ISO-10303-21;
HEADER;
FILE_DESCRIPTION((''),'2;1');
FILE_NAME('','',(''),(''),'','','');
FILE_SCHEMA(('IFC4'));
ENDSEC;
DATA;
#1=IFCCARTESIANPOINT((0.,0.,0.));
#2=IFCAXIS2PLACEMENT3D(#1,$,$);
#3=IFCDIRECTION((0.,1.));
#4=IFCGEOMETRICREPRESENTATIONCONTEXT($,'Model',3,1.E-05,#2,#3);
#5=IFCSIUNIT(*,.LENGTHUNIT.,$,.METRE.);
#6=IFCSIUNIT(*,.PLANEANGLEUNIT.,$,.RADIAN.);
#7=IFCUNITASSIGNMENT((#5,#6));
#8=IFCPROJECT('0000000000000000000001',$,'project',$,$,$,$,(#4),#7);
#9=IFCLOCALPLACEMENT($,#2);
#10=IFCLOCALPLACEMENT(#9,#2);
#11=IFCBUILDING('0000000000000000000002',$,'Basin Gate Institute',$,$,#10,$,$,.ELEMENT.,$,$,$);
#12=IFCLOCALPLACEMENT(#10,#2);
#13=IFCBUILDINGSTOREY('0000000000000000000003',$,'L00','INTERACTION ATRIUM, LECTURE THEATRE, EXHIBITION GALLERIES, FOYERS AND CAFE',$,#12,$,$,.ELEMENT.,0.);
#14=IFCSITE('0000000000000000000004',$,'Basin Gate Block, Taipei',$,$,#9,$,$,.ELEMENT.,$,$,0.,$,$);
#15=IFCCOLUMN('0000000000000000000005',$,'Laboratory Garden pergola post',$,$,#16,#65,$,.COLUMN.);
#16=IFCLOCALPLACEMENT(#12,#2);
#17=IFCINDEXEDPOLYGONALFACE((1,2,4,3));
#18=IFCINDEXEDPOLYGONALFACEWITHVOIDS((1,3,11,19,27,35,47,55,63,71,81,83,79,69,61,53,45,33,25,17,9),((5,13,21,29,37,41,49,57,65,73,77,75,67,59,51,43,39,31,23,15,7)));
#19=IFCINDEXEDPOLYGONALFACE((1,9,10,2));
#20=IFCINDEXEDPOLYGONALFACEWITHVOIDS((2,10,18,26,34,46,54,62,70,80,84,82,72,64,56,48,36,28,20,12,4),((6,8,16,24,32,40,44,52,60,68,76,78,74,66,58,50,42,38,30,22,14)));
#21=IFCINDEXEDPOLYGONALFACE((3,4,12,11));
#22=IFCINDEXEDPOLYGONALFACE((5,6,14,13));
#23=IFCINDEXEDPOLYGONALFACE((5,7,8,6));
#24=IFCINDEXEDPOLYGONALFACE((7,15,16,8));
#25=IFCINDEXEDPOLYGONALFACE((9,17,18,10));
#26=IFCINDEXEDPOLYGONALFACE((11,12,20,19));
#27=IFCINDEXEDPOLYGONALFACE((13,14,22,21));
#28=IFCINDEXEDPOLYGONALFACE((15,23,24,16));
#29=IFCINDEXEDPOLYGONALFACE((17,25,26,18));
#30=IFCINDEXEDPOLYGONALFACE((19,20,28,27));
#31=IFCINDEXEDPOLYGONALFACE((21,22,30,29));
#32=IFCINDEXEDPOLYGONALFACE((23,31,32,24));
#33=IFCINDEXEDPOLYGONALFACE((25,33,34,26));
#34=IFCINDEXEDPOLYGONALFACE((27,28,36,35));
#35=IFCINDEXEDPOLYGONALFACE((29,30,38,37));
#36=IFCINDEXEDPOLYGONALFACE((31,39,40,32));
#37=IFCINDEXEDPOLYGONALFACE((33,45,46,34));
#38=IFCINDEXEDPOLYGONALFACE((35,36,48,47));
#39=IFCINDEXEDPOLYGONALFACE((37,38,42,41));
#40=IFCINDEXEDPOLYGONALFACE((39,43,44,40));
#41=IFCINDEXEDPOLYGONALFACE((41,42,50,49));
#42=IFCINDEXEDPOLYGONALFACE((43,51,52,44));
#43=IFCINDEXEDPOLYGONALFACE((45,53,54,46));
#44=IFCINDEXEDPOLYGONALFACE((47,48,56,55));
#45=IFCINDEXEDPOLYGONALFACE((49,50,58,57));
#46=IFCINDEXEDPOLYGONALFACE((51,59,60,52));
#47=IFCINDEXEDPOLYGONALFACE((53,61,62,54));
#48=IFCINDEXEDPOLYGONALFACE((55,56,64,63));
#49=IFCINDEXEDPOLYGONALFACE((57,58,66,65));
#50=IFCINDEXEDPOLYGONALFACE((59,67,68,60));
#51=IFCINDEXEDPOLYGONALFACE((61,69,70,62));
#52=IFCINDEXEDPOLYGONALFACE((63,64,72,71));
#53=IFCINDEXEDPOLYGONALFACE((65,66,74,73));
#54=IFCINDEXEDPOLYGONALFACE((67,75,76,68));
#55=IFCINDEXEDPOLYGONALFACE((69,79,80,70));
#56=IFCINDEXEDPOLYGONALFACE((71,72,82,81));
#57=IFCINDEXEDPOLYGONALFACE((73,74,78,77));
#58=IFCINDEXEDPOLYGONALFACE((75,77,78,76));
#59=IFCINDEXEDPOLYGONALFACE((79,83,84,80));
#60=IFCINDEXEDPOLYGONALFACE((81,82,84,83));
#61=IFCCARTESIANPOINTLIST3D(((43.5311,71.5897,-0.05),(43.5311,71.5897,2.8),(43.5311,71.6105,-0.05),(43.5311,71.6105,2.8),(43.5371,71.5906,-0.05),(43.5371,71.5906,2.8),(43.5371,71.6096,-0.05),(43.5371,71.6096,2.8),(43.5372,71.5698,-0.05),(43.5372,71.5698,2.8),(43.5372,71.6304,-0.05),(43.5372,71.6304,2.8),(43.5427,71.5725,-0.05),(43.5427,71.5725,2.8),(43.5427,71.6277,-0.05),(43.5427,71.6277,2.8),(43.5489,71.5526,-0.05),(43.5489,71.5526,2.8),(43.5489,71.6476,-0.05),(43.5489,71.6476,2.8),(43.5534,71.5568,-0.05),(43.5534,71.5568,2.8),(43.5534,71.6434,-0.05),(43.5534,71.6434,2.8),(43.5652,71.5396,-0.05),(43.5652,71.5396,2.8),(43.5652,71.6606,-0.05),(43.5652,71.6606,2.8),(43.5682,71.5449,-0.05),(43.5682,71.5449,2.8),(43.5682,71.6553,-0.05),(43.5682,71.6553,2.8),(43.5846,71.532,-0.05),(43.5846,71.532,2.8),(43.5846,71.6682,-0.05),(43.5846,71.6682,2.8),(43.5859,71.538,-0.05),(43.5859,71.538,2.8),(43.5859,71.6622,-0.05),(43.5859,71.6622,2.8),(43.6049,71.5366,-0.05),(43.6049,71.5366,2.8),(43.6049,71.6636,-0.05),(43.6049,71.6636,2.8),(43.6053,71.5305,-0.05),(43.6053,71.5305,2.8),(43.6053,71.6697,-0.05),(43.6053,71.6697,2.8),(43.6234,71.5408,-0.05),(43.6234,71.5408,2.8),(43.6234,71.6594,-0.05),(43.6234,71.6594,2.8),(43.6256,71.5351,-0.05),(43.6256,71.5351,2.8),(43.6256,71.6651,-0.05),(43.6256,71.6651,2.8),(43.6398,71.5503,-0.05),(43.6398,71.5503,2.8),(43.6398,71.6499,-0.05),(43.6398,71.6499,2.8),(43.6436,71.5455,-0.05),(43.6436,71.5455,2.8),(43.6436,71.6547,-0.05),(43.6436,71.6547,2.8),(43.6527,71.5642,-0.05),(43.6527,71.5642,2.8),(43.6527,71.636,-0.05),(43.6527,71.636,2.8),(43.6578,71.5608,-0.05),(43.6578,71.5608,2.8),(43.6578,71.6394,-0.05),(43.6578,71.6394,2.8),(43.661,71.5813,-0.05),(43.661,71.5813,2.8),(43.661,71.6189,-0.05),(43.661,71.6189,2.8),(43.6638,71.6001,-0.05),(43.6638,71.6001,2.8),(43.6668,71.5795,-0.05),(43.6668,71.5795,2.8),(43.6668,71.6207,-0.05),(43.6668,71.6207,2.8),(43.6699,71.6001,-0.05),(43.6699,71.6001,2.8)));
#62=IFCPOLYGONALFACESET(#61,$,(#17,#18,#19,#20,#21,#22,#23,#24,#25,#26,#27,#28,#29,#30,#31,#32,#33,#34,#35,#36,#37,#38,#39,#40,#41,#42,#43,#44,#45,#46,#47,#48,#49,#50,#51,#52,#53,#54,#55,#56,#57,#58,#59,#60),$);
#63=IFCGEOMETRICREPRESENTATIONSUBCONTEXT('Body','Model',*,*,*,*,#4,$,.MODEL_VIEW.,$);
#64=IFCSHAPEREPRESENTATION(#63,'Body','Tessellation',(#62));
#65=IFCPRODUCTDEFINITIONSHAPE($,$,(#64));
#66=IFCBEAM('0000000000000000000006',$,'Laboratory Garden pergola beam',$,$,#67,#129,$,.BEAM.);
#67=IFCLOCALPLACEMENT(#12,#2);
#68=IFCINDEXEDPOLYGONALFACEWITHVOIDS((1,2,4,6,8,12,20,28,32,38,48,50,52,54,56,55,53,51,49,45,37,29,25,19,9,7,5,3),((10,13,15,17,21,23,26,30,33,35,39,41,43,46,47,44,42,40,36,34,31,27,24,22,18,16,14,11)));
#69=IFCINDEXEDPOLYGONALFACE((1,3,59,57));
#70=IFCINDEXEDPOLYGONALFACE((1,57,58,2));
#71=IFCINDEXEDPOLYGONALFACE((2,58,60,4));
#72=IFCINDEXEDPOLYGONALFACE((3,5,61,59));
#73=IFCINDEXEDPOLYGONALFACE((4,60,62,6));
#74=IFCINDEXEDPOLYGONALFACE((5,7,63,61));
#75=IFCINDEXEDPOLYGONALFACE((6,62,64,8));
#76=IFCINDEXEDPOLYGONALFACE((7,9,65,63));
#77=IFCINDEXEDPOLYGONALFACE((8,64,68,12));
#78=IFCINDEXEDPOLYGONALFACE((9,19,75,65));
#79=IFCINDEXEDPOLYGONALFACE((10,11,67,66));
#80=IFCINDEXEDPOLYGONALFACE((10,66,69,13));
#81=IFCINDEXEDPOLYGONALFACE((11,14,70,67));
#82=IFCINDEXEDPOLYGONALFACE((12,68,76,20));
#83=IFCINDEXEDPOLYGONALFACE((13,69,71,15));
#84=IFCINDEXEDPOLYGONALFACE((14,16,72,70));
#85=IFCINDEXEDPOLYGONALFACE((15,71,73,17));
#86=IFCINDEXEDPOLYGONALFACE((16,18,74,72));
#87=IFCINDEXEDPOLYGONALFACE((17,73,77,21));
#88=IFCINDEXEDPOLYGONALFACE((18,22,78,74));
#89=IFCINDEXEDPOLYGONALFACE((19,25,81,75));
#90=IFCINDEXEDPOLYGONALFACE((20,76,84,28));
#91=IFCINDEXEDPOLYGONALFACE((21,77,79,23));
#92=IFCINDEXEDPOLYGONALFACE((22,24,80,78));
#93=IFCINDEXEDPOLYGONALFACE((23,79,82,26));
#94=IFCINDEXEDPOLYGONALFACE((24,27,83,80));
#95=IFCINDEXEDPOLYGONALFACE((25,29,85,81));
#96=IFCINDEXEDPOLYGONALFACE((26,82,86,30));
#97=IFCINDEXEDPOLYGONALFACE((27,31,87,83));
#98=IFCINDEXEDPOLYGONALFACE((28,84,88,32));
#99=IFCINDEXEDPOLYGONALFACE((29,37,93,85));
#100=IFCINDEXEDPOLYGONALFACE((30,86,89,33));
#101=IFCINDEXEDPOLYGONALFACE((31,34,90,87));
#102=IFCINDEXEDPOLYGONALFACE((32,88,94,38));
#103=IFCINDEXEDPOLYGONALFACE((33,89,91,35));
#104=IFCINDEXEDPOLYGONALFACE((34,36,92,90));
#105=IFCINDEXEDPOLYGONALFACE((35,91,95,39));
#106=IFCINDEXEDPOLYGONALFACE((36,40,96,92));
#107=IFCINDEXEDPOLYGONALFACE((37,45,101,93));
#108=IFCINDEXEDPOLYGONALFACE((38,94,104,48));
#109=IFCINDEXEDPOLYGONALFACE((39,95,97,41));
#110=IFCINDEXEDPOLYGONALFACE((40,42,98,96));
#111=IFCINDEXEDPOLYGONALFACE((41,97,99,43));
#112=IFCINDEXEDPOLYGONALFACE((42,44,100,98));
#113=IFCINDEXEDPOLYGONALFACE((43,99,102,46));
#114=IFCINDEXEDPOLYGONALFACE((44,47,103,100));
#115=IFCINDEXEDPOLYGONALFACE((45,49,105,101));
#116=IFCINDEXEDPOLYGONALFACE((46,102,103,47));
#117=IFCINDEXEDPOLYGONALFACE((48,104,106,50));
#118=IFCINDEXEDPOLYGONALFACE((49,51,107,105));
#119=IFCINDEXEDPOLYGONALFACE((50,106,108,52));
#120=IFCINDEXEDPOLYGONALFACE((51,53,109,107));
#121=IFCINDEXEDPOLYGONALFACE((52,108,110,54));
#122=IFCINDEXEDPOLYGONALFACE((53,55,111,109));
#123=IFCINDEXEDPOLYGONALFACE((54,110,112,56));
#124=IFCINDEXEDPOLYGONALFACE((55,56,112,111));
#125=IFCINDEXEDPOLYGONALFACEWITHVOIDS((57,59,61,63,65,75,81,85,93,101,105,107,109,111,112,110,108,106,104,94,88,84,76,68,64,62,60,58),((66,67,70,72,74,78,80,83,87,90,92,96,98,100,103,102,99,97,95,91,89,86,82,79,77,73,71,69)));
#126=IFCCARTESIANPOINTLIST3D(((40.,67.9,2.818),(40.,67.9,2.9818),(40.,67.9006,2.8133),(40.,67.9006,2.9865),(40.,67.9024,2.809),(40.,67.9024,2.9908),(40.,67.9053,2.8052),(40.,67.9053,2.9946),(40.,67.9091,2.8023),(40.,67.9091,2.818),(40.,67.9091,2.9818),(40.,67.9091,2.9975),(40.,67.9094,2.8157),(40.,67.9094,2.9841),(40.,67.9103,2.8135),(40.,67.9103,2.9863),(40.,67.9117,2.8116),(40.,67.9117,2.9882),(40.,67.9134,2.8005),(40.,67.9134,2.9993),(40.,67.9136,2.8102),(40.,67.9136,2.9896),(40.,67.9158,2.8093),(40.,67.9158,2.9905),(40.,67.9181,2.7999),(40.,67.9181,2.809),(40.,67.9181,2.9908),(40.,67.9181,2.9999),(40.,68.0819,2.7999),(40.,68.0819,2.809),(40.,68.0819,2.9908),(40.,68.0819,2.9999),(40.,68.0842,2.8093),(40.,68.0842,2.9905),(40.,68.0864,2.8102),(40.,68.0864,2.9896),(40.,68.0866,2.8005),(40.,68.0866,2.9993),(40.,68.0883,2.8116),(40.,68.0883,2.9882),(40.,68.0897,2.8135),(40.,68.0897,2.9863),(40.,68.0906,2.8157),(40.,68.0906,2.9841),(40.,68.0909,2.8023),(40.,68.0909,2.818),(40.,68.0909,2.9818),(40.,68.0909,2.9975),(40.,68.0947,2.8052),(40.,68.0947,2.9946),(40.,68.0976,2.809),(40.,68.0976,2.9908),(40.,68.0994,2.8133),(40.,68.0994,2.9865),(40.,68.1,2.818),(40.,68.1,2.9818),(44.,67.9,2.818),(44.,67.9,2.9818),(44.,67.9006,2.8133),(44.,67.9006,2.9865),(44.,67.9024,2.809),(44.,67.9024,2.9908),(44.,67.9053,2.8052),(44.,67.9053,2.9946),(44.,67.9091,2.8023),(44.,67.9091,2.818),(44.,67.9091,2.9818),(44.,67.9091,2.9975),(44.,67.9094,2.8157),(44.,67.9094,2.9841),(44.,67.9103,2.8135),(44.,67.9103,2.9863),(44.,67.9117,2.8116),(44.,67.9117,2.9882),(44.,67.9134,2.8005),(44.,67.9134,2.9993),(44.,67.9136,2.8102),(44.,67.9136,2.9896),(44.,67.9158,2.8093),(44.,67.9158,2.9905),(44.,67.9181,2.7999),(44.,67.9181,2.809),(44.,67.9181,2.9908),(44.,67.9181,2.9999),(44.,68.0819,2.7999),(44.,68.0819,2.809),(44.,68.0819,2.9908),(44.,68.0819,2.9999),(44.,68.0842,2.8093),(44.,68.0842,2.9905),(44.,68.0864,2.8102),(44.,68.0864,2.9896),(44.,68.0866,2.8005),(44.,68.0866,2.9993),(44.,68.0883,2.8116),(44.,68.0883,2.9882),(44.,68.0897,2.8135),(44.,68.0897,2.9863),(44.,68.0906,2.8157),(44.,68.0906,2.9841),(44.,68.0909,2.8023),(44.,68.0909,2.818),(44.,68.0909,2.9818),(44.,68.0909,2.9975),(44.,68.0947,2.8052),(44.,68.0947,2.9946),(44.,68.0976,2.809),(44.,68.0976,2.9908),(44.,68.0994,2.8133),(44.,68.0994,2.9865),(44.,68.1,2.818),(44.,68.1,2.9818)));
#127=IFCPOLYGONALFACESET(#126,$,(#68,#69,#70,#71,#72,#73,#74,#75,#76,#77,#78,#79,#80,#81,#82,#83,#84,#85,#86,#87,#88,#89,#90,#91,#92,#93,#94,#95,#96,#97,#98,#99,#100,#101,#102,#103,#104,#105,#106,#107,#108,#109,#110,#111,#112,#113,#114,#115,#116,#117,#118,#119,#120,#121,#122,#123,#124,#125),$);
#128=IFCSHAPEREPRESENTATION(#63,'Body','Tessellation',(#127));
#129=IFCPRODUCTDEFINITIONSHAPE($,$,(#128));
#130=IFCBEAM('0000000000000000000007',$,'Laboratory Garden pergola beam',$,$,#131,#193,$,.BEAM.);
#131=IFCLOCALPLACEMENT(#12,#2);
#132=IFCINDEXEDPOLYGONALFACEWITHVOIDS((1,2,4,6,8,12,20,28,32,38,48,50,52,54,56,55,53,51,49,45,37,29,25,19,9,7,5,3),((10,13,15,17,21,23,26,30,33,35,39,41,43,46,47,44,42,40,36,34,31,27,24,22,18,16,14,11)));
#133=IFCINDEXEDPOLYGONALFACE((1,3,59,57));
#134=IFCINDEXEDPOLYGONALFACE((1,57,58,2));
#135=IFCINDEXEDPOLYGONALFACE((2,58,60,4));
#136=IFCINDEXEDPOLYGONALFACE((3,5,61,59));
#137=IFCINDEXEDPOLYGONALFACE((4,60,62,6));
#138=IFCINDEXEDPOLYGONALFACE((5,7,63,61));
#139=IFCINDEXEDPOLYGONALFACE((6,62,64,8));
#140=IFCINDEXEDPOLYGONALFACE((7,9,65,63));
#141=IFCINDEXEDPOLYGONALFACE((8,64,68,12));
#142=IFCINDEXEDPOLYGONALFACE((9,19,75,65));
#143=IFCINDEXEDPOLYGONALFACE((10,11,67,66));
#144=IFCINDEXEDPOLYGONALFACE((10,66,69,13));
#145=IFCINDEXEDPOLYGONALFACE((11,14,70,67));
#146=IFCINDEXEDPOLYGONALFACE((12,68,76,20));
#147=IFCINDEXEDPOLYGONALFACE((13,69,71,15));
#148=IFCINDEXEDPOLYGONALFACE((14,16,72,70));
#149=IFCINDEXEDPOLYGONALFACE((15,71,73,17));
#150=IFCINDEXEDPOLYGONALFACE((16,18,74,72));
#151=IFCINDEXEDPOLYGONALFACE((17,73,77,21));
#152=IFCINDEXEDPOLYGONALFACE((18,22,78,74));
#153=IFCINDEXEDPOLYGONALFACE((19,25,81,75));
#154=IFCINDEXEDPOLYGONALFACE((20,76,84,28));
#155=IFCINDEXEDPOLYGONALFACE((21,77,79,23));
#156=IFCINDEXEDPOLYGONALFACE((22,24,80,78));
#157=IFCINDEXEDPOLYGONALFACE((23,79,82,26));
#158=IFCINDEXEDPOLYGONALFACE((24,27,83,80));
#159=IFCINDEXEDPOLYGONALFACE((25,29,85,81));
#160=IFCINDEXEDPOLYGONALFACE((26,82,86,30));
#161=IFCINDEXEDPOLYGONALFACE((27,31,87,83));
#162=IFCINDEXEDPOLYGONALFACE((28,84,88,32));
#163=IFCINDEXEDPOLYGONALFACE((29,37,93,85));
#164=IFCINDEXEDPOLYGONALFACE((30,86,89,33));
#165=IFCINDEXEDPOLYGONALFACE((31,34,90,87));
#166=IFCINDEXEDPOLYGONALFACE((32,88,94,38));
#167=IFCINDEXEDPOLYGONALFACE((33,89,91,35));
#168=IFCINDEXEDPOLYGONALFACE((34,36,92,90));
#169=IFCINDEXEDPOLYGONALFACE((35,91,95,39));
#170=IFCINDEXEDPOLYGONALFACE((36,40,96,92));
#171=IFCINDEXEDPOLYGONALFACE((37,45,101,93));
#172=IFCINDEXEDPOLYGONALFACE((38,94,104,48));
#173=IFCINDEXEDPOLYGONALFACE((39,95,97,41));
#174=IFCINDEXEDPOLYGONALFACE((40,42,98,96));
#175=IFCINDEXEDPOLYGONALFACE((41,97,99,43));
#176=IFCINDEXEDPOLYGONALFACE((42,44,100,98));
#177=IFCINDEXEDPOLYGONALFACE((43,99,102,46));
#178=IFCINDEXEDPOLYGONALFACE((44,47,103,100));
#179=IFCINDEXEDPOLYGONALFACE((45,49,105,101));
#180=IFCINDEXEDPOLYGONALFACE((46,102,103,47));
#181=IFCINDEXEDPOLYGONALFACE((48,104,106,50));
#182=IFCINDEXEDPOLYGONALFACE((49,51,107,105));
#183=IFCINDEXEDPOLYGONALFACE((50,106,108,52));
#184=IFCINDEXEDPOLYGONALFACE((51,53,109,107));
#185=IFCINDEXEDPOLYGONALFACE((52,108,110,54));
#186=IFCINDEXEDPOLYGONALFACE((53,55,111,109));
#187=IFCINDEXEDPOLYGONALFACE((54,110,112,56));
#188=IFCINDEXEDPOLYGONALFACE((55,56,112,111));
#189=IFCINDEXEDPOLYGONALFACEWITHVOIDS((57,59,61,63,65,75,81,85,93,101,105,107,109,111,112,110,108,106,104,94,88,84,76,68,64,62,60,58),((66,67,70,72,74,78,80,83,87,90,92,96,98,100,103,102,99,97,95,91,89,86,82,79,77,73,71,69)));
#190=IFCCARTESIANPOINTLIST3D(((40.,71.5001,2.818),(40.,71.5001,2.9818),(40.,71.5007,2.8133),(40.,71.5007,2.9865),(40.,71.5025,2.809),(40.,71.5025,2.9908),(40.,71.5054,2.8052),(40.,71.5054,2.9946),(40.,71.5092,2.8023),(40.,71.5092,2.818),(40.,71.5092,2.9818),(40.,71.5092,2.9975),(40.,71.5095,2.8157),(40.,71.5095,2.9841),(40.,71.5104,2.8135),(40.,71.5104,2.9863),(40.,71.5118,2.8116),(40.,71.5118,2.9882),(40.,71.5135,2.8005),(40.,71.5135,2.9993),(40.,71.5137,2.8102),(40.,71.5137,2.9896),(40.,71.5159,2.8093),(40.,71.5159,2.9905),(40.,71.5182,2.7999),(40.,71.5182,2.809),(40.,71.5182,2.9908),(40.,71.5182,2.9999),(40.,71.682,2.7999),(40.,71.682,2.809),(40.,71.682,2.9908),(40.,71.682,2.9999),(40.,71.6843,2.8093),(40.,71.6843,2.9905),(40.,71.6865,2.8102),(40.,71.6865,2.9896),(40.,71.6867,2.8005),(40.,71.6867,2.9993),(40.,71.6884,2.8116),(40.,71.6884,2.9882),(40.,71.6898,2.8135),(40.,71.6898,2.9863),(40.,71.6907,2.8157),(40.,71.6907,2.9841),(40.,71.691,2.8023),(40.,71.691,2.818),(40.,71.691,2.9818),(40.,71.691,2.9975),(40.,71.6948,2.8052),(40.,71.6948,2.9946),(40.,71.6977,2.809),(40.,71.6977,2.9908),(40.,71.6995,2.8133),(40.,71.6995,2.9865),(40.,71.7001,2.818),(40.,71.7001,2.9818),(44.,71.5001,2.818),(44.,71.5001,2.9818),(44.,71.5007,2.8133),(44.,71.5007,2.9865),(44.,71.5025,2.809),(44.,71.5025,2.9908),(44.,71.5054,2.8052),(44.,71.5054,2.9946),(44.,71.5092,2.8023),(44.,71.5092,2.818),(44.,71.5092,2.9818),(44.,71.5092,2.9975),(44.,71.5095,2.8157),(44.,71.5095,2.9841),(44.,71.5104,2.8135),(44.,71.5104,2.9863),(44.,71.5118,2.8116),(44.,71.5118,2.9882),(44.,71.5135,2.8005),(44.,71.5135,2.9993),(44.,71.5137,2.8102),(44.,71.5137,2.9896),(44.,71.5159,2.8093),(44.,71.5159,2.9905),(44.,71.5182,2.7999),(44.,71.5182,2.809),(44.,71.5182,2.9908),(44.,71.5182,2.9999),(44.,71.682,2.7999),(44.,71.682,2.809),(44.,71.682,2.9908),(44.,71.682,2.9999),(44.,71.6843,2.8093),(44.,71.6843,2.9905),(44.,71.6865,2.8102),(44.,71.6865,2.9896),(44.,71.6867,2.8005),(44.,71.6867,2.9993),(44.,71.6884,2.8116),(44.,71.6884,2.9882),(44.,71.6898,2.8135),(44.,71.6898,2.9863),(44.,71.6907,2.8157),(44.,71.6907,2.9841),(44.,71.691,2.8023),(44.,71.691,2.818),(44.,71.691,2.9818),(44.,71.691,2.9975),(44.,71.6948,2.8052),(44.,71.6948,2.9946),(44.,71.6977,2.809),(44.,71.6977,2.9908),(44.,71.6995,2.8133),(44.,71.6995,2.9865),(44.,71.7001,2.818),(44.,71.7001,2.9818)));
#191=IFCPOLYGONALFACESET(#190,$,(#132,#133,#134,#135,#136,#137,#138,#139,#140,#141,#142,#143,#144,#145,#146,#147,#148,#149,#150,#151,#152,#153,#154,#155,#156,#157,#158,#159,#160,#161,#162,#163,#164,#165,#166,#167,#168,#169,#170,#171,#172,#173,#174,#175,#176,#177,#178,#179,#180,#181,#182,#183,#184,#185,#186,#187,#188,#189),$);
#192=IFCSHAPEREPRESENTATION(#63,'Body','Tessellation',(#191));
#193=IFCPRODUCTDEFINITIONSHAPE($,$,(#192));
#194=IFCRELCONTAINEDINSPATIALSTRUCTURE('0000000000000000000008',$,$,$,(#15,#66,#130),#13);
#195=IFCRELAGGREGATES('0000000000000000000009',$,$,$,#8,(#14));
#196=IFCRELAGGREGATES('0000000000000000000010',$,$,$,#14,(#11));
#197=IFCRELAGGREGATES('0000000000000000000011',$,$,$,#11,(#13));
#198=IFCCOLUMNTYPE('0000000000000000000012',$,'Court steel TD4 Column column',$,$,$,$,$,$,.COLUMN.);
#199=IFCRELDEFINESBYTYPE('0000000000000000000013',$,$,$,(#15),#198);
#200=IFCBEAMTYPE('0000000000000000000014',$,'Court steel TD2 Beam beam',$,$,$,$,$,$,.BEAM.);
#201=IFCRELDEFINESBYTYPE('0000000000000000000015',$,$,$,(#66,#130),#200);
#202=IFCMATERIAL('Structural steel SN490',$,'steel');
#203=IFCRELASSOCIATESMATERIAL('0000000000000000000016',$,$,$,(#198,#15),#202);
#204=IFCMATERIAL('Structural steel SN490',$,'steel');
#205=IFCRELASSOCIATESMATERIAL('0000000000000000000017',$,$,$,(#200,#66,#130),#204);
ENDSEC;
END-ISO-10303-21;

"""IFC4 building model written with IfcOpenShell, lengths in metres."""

from ifc_helpers import new_model, si_unit, direction, frame, origin, origin_2d, place, context, subcontext, project, spatial, hollow_rectangle, hollow_circle, extrude, material, material_profile, profile_set, type_object, element, save


model = new_model("IFC4")

# Units and contexts
model_context = context("Model", 3, precision=1e-05, world=origin(), true_north=direction((0.0, 1.0)))
body_context = subcontext(model_context, "Body", "Model", "MODEL_VIEW")
ifc_project = project(units=[si_unit("LENGTHUNIT", "METRE"), si_unit("PLANEANGLEUNIT", "RADIAN")], contexts=[model_context])

# Site, building, storey
site_placement = place(None, origin())
site = spatial("IfcSite", under=ifc_project, at=site_placement, Name="Basin Gate Block, Taipei", CompositionType="ELEMENT", RefElevation=0.0)
building_placement = place(site_placement, origin())
building = spatial("IfcBuilding", under=site, at=building_placement, Name="Basin Gate Institute", CompositionType="ELEMENT")
storey_placement = place(building_placement, origin())
storey = spatial("IfcBuildingStorey", under=building, at=storey_placement, Name="L00", Description="INTERACTION ATRIUM, LECTURE THEATRE, EXHIBITION GALLERIES, FOYERS AND CAFE", CompositionType="ELEMENT", Elevation=0.0)

# Column
ifc_material_1 = material(Name="Structural steel SN490", Category="steel")
ifc_material_profile_1 = material_profile(ifc_material_1, hollow_circle(Radius=0.0698, WallThickness=0.0061, at=origin_2d()), Name="CHS139x6")
ifc_profile_set_1 = profile_set([ifc_material_profile_1], Name="Structural steel SN490")
column_type = type_object("IfcColumnType", Name="Court steel TD4 Column column", PredefinedType="COLUMN", material=ifc_profile_set_1)
for number, where, z_axis, x_axis, name in (
    (1, (43.6001, 71.6001, -0.05), (0.0, 0.0, 1.0), (1.0, 0.0, 0.0), "Laboratory Garden pergola post"),
):
    element("IfcColumn", number, at=place(storey_placement, frame(where, z_axis=z_axis, x_axis=x_axis)), inside=storey, type_object=column_type, material=ifc_profile_set_1, Name=name, PredefinedType="COLUMN", context=body_context, shape_type="SweptSolid", body=[
        extrude(hollow_circle(Radius=0.0698, WallThickness=0.0061, at=origin_2d()), origin(), (0.0, 0.0, 1.0), 2.8501),
    ])

# Beams
ifc_material_2 = material(Name="Structural steel SN490", Category="steel")
ifc_material_profile_2 = material_profile(ifc_material_2, hollow_rectangle(XDim=0.2, YDim=0.2, WallThickness=0.009, InnerFilletRadius=0.009, OuterFilletRadius=0.0181, at=origin_2d()), Name="RHS200x200x9")
ifc_profile_set_2 = profile_set([ifc_material_profile_2], Name="Structural steel SN490")
beam_type = type_object("IfcBeamType", Name="Court steel TD2 Beam beam", PredefinedType="BEAM", material=ifc_profile_set_2)
for number, where, z_axis, x_axis, name in (
    (2, (40.0, 68.0, 2.8999), (1.0, 0.0, 0.0), (0.0, 1.0, 0.0), "Laboratory Garden pergola beam"),
    (3, (40.0, 71.6001, 2.8999), (1.0, 0.0, 0.0), (0.0, 1.0, 0.0), "Laboratory Garden pergola beam"),
):
    element("IfcBeam", number, at=place(storey_placement, frame(where, z_axis=z_axis, x_axis=x_axis)), inside=storey, type_object=beam_type, material=ifc_profile_set_2, Name=name, PredefinedType="BEAM", context=body_context, shape_type="SweptSolid", body=[
        extrude(hollow_rectangle(XDim=0.2, YDim=0.2, WallThickness=0.009, InnerFilletRadius=0.009, OuterFilletRadius=0.0181, at=origin_2d()), origin(), (0.0, 0.0, 1.0), 4.0),
    ])

save(model, "model.ifc")
